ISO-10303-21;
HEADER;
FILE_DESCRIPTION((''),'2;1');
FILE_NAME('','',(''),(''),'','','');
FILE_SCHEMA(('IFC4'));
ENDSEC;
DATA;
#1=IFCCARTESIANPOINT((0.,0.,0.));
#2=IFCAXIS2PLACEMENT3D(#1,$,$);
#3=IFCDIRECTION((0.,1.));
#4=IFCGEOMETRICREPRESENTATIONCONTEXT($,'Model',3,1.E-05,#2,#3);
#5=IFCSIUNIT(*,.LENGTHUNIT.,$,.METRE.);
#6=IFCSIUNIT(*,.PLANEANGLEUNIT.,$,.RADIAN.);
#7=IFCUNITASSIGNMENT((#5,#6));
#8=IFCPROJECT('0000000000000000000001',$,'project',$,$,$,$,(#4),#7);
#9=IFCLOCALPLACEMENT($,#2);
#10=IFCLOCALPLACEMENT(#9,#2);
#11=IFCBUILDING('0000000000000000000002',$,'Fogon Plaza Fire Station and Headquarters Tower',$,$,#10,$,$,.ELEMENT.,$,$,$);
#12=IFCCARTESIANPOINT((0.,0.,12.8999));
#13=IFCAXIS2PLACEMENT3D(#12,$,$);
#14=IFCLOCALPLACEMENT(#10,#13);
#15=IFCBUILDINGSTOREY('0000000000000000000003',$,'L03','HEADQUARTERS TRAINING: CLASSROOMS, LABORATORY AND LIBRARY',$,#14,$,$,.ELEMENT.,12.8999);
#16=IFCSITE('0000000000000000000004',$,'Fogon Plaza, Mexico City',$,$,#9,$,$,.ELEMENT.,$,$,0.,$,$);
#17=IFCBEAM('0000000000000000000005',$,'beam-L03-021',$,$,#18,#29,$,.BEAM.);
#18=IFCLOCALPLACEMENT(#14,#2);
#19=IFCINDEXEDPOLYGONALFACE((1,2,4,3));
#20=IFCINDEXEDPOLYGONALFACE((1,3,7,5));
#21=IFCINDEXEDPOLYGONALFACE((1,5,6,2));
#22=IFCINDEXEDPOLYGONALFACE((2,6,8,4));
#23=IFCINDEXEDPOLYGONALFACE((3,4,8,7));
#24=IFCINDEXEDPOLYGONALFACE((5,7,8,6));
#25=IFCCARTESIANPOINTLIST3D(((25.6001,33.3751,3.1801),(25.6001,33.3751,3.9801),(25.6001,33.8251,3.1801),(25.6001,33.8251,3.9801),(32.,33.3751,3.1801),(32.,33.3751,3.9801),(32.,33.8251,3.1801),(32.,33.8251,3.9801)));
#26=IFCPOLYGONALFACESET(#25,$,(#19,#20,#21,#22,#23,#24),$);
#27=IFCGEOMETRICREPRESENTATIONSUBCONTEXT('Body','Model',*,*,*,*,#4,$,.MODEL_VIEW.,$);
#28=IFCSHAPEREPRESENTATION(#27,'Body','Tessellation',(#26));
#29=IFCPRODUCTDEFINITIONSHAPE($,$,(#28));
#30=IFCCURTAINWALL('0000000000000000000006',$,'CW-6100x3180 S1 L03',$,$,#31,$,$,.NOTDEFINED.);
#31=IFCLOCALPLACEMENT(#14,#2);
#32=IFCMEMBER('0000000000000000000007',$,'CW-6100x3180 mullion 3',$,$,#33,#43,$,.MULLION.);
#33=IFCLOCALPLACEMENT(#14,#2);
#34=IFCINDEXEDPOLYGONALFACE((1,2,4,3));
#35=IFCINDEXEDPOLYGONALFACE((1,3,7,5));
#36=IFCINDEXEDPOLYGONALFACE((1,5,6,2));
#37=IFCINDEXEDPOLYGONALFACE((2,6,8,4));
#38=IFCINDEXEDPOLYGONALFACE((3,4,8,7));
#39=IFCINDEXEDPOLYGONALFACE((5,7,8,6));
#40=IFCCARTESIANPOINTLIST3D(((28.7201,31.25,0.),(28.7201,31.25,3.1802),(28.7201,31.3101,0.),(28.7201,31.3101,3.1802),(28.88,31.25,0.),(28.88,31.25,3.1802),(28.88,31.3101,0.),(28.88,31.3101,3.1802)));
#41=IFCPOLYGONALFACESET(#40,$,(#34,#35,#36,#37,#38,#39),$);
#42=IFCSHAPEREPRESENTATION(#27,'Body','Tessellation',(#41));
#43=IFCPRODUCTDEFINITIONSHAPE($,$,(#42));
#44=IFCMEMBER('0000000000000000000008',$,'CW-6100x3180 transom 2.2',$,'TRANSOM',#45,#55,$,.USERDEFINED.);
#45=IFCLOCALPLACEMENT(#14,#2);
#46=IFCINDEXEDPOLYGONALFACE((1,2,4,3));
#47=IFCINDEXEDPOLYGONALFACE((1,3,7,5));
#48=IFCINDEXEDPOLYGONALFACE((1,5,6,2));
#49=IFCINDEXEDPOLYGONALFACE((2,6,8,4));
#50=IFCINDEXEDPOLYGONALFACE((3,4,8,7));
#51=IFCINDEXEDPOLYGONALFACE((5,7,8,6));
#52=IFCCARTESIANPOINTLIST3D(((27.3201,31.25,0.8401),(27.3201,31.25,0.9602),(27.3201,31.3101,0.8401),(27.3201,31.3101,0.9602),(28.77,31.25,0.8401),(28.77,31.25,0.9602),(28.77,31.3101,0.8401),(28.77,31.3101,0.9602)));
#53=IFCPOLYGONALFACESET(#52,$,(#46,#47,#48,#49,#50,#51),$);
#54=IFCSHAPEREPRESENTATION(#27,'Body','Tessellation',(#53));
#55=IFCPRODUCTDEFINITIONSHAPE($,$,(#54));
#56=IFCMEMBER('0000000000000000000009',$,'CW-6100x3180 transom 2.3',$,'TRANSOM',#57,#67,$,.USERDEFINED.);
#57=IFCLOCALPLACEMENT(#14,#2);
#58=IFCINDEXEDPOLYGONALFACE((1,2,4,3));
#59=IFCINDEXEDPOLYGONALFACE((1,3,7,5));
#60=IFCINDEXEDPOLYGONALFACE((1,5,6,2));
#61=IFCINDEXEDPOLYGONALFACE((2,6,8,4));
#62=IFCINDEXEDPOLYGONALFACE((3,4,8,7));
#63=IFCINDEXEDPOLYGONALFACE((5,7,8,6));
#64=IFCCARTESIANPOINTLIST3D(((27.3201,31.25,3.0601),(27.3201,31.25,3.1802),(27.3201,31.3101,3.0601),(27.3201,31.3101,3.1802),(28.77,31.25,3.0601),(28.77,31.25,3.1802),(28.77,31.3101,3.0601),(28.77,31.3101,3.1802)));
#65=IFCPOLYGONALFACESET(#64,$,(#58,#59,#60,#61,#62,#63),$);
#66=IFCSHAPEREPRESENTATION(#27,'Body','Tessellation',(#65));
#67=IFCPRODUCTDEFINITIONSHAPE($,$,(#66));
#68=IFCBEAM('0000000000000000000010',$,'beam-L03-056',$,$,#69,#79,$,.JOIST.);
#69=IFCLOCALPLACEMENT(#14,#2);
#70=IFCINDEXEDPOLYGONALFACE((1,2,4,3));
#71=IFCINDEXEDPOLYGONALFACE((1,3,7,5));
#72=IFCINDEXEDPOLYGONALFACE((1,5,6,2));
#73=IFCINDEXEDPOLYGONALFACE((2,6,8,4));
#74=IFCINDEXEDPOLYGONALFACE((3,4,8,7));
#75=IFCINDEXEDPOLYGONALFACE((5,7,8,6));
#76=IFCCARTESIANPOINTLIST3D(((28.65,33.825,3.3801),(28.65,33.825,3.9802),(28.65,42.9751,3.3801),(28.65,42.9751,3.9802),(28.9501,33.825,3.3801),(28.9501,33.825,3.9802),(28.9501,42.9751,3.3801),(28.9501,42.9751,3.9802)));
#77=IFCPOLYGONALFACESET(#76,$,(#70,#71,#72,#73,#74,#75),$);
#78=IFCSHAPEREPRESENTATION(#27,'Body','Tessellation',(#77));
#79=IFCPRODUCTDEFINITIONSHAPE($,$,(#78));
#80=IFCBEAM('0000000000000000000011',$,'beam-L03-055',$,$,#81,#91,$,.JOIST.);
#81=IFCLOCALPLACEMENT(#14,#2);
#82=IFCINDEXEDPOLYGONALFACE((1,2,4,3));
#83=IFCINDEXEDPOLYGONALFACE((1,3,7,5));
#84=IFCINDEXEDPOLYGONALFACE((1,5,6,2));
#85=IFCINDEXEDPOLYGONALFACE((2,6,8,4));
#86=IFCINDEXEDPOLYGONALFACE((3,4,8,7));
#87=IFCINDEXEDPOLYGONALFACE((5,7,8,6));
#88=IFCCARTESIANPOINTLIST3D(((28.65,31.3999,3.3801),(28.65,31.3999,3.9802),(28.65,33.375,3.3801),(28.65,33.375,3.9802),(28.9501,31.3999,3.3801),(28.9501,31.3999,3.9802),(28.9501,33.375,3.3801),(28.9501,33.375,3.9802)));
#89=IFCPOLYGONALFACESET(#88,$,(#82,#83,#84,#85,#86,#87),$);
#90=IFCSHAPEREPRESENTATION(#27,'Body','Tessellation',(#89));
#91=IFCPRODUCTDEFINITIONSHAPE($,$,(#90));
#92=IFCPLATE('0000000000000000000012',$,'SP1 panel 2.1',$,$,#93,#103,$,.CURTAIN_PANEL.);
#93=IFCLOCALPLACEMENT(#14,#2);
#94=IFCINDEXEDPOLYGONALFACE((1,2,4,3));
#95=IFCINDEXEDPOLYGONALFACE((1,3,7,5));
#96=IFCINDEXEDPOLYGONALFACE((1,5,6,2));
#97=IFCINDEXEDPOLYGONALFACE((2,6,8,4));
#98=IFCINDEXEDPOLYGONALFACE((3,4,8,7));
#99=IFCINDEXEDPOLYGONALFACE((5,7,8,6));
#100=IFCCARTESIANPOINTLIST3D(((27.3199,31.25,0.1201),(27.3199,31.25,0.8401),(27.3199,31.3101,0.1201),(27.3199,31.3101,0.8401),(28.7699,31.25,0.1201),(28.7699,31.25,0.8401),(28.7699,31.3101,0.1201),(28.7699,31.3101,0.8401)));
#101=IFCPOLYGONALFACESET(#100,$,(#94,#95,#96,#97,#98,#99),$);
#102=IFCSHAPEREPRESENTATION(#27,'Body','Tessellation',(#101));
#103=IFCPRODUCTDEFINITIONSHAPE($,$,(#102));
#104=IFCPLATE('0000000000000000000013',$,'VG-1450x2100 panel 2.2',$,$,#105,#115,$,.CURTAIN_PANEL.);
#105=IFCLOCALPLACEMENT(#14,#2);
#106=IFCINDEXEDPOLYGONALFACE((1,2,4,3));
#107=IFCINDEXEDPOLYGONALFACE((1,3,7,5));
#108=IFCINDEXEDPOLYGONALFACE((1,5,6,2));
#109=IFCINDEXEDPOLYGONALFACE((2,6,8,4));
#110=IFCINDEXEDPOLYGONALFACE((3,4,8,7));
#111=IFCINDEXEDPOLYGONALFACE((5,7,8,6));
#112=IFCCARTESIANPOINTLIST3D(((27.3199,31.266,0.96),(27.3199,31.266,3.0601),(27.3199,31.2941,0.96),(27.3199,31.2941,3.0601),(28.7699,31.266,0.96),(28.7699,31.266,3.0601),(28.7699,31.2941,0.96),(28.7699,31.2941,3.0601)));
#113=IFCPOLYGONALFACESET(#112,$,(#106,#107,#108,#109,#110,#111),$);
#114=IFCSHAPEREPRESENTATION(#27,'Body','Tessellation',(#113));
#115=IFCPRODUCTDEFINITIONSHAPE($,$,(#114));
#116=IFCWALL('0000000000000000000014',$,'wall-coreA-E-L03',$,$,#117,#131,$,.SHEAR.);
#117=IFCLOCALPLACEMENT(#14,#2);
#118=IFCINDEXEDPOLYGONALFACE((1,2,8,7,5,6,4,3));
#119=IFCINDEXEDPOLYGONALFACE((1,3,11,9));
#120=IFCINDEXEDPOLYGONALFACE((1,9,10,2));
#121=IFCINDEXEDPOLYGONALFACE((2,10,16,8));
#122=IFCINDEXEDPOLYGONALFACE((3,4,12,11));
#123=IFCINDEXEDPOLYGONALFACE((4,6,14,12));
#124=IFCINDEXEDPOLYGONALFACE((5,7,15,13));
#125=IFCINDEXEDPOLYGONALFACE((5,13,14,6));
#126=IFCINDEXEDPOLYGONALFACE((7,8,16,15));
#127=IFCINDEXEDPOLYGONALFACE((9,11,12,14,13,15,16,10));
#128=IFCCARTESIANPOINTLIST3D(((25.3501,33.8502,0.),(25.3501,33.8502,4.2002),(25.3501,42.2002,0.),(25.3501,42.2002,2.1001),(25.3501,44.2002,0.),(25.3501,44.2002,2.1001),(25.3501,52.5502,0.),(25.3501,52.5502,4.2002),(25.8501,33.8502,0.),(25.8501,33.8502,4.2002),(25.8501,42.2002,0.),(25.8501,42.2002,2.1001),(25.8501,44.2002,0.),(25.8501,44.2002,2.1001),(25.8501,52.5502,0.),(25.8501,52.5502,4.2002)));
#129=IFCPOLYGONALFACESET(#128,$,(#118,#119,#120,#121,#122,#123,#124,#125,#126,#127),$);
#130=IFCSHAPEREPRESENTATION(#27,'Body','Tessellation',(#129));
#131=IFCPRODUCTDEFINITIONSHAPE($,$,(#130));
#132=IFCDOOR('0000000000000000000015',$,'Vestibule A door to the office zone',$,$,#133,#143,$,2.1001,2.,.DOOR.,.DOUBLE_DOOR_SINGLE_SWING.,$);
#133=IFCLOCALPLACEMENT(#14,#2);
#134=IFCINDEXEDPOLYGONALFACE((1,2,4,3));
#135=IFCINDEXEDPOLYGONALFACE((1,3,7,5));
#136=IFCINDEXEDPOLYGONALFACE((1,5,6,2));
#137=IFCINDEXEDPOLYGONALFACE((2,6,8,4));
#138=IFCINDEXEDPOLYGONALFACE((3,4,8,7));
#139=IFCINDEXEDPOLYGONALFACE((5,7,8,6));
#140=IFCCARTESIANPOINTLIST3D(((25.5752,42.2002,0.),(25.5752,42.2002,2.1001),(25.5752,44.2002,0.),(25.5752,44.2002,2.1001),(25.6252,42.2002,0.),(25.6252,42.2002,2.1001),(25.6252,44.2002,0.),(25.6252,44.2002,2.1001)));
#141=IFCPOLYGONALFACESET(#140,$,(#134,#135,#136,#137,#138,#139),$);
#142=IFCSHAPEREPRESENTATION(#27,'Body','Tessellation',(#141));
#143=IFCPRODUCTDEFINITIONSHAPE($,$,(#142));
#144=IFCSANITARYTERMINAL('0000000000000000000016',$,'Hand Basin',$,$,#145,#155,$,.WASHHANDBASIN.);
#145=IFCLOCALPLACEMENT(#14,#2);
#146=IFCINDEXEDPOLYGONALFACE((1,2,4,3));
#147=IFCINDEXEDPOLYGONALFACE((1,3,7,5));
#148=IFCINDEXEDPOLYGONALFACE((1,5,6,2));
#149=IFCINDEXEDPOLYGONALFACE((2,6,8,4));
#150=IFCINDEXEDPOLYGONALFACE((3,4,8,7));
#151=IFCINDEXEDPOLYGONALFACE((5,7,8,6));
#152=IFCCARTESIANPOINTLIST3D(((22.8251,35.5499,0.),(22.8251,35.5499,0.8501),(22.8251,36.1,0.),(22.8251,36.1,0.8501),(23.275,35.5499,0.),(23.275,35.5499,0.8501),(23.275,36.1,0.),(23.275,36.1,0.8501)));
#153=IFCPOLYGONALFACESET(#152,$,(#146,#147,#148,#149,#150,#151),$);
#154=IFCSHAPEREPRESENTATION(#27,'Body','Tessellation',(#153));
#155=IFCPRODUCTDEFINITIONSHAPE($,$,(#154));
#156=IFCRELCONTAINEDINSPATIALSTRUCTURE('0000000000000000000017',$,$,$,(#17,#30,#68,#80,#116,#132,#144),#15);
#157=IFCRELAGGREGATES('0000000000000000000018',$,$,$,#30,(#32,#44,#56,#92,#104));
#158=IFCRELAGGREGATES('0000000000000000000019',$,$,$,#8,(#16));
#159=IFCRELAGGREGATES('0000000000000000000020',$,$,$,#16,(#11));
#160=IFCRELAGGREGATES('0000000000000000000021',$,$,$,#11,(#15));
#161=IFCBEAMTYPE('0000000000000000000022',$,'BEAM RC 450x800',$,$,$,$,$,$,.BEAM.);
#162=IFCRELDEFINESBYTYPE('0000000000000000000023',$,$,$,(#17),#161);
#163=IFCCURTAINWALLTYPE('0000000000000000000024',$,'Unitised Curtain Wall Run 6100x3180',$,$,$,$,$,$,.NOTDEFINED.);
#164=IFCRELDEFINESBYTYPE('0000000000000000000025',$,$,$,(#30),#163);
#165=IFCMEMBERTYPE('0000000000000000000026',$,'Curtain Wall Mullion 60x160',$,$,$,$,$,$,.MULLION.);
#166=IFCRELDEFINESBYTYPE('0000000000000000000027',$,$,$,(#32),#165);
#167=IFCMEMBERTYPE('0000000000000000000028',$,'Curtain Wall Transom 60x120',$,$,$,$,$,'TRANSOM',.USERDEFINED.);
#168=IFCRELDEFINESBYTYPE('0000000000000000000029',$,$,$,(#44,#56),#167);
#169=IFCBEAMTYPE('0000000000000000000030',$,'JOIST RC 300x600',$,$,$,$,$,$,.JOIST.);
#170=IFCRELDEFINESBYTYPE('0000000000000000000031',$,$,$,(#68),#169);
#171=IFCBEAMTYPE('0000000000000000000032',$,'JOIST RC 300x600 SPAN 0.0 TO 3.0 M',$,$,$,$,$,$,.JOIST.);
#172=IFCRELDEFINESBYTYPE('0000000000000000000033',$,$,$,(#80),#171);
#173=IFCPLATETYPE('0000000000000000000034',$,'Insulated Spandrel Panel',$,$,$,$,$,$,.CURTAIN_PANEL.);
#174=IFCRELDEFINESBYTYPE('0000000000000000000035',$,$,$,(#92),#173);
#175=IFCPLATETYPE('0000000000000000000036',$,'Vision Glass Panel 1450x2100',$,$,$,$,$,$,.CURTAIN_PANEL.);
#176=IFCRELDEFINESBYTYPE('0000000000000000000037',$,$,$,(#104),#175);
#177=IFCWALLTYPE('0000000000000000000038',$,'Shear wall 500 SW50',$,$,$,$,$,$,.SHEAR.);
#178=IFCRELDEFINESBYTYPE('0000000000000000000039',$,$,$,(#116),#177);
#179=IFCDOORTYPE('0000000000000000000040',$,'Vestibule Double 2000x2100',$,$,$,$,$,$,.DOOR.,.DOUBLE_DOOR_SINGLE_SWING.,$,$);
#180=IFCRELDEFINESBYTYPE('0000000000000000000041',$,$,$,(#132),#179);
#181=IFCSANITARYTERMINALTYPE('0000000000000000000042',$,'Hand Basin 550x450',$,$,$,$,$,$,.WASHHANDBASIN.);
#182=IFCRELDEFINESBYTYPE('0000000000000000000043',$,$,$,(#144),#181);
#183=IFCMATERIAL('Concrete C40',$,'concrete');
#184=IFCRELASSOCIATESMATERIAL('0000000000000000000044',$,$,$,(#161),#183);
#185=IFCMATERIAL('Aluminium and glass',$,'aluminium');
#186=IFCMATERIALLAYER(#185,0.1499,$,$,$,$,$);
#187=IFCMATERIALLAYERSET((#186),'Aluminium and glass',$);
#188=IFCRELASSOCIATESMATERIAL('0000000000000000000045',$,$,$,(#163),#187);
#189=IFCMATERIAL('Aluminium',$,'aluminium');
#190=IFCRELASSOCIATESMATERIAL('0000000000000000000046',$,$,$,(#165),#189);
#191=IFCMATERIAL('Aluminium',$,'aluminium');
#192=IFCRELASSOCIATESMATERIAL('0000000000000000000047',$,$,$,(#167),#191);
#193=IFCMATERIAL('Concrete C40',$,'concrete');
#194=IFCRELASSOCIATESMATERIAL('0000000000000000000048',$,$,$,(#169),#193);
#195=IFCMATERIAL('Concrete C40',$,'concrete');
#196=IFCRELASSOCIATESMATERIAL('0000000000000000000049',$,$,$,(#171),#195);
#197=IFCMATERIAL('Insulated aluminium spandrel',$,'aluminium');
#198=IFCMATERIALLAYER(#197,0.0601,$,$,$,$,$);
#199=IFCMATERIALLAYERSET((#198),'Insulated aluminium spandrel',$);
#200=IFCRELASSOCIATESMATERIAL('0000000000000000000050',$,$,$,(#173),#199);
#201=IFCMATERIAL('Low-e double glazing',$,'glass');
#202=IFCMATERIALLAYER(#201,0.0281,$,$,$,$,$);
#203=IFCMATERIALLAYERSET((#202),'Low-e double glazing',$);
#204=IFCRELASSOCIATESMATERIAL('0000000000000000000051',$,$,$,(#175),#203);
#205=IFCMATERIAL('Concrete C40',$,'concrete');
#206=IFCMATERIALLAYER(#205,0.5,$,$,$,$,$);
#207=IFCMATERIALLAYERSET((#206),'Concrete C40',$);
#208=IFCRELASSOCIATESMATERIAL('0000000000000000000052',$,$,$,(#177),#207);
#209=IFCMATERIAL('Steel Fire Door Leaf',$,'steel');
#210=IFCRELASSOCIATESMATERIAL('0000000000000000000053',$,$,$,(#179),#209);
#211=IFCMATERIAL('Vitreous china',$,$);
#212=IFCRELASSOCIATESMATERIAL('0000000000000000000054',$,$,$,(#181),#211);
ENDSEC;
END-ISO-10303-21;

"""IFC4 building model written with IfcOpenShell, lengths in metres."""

from ifc_helpers import new_model, si_unit, direction, frame, frame_2d, origin, origin_2d, place, context, subcontext, project, spatial, rectangle, extrude, material, layer, layer_set, material_profile, profile_set, type_object, element, fill, aggregate, save


model = new_model("IFC4")

# Units and contexts
model_context = context("Model", 3, precision=1e-05, world=origin(), true_north=direction((0.0, 1.0)))
body_context = subcontext(model_context, "Body", "Model", "MODEL_VIEW")
ifc_project = project(units=[si_unit("LENGTHUNIT", "METRE"), si_unit("PLANEANGLEUNIT", "RADIAN")], contexts=[model_context])

# Site, building, storey
site_placement = place(None, origin())
site = spatial("IfcSite", under=ifc_project, at=site_placement, Name="Fogon Plaza, Mexico City", CompositionType="ELEMENT", RefElevation=0.0)
building_placement = place(site_placement, origin())
building = spatial("IfcBuilding", under=site, at=building_placement, Name="Fogon Plaza Fire Station and Headquarters Tower", CompositionType="ELEMENT")
storey_placement = place(building_placement, frame((0.0, 0.0, 12.8999)))
storey = spatial("IfcBuildingStorey", under=building, at=storey_placement, Name="L03", Description="HEADQUARTERS TRAINING: CLASSROOMS, LABORATORY AND LIBRARY", CompositionType="ELEMENT", Elevation=12.8999)

# Beam
ifc_material_1 = material(Name="Concrete C40", Category="concrete")
ifc_material_profile_1 = material_profile(ifc_material_1, rectangle(XDim=0.45, YDim=0.8, at=origin_2d()), Name="RC 450x800")
ifc_profile_set_1 = profile_set([ifc_material_profile_1], Name="Concrete C40")
beam_type_1 = type_object("IfcBeamType", Name="BEAM RC 450x800", PredefinedType="BEAM", material=ifc_profile_set_1)
beam_1_placement = place(storey_placement, frame((25.6001, 33.6001, 3.5801), z_axis=(1.0, 0.0, 0.0), x_axis=(0.0, 1.0, 0.0)))
element("IfcBeam", 1, at=beam_1_placement, inside=storey, type_object=beam_type_1, Name="beam-L03-021", PredefinedType="BEAM", context=body_context, shape_type="SweptSolid", body=[
    extrude(rectangle(XDim=0.45, YDim=0.8, at=origin_2d()), origin(), (0.0, 0.0, 1.0), 6.3999),
])

# Curtain wall, members
ifc_material_2 = material(Name="Aluminium and glass", Category="aluminium")
ifc_layer_1 = layer(ifc_material_2, 0.1499)
ifc_layer_set_1 = layer_set([ifc_layer_1], Name="Aluminium and glass")
curtain_wall_type = type_object("IfcCurtainWallType", Name="Unitised Curtain Wall Run 6100x3180", PredefinedType="NOTDEFINED", material=ifc_layer_set_1)
curtain_wall_placement = place(storey_placement, origin())
curtain_wall = element("IfcCurtainWall", 2, at=curtain_wall_placement, inside=storey, type_object=curtain_wall_type, Name="CW-6100x3180 S1 L03", PredefinedType="NOTDEFINED")
ifc_material_3 = material(Name="Aluminium", Category="aluminium")
ifc_material_profile_2 = material_profile(ifc_material_3, rectangle(XDim=0.0601, YDim=0.1599, at=origin_2d()), Name="Curtain Wall Mullion 60x160")
ifc_profile_set_2 = profile_set([ifc_material_profile_2], Name="Aluminium")
member_type_1 = type_object("IfcMemberType", Name="Curtain Wall Mullion 60x160", PredefinedType="MULLION", material=ifc_profile_set_2)
member_1_placement = place(storey_placement, frame((28.8, 31.28, 0.0), z_axis=(0.0, 0.0, 1.0), x_axis=(0.0, 1.0, 0.0)))
member_1 = element("IfcMember", 3, at=member_1_placement, type_object=member_type_1, Name="CW-6100x3180 mullion 3", PredefinedType="MULLION", context=body_context, shape_type="SweptSolid", body=[
    extrude(rectangle(XDim=0.0601, YDim=0.1599, at=origin_2d()), origin(), (0.0, 0.0, 1.0), 3.1802),
])
ifc_material_4 = material(Name="Aluminium", Category="aluminium")
ifc_material_profile_3 = material_profile(ifc_material_4, rectangle(XDim=0.0601, YDim=0.1201, at=origin_2d()), Name="Curtain Wall Transom 60x120")
ifc_profile_set_3 = profile_set([ifc_material_profile_3], Name="Aluminium")
member_type_2 = type_object("IfcMemberType", Name="Curtain Wall Transom 60x120", ElementType="TRANSOM", PredefinedType="USERDEFINED", material=ifc_profile_set_3)
member_2_placement = place(storey_placement, frame((27.3201, 31.28, 0.9001), z_axis=(1.0, 0.0, 0.0), x_axis=(0.0, 1.0, 0.0)))
member_2 = element("IfcMember", 4, at=member_2_placement, type_object=member_type_2, Name="CW-6100x3180 transom 2.2", ObjectType="TRANSOM", PredefinedType="USERDEFINED", context=body_context, shape_type="SweptSolid", body=[
    extrude(rectangle(XDim=0.0601, YDim=0.1201, at=origin_2d()), origin(), (0.0, 0.0, 1.0), 1.45),
])
member_3_placement = place(storey_placement, frame((27.3201, 31.28, 3.1201), z_axis=(1.0, 0.0, 0.0), x_axis=(0.0, 1.0, 0.0)))
member_3 = element("IfcMember", 5, at=member_3_placement, type_object=member_type_2, Name="CW-6100x3180 transom 2.3", ObjectType="TRANSOM", PredefinedType="USERDEFINED", context=body_context, shape_type="SweptSolid", body=[
    extrude(rectangle(XDim=0.0601, YDim=0.1201, at=origin_2d()), origin(), (0.0, 0.0, 1.0), 1.45),
])

# Beams
ifc_material_5 = material(Name="Concrete C40", Category="concrete")
ifc_material_profile_4 = material_profile(ifc_material_5, rectangle(XDim=0.3, YDim=0.6001, at=origin_2d()), Name="RC 300x600")
ifc_profile_set_4 = profile_set([ifc_material_profile_4], Name="Concrete C40")
beam_type_2 = type_object("IfcBeamType", Name="JOIST RC 300x600", PredefinedType="JOIST", material=ifc_profile_set_4)
beam_2_placement = place(storey_placement, frame((28.8, 33.825, 3.6802), z_axis=(0.0, 1.0, 0.0), x_axis=(-1.0, 0.0, 0.0)))
element("IfcBeam", 6, at=beam_2_placement, inside=storey, type_object=beam_type_2, Name="beam-L03-056", PredefinedType="JOIST", context=body_context, shape_type="SweptSolid", body=[
    extrude(rectangle(XDim=0.3, YDim=0.6001, at=origin_2d()), origin(), (0.0, 0.0, 1.0), 9.1501),
])
ifc_material_6 = material(Name="Concrete C40", Category="concrete")
ifc_material_profile_5 = material_profile(ifc_material_6, rectangle(XDim=0.3, YDim=0.6001, at=origin_2d()), Name="RC 300x600")
ifc_profile_set_5 = profile_set([ifc_material_profile_5], Name="Concrete C40")
beam_type_3 = type_object("IfcBeamType", Name="JOIST RC 300x600 SPAN 0.0 TO 3.0 M", PredefinedType="JOIST", material=ifc_profile_set_5)
beam_3_placement = place(storey_placement, frame((28.8, 31.3999, 3.6802), z_axis=(0.0, 1.0, 0.0), x_axis=(-1.0, 0.0, 0.0)))
element("IfcBeam", 7, at=beam_3_placement, inside=storey, type_object=beam_type_3, Name="beam-L03-055", PredefinedType="JOIST", context=body_context, shape_type="SweptSolid", body=[
    extrude(rectangle(XDim=0.3, YDim=0.6001, at=origin_2d()), origin(), (0.0, 0.0, 1.0), 1.9751),
])

# Plates
ifc_material_7 = material(Name="Insulated aluminium spandrel", Category="aluminium")
ifc_layer_2 = layer(ifc_material_7, 0.0601)
ifc_layer_set_2 = layer_set([ifc_layer_2], Name="Insulated aluminium spandrel")
plate_type_1 = type_object("IfcPlateType", Name="Insulated Spandrel Panel", PredefinedType="CURTAIN_PANEL", material=ifc_layer_set_2)
plate_1_placement = place(storey_placement, frame((28.0449, 31.28, 0.1201), z_axis=(0.0, 0.0, 1.0), x_axis=(1.0, 0.0, 0.0)))
plate_1 = element("IfcPlate", 8, at=plate_1_placement, type_object=plate_type_1, Name="SP1 panel 2.1", PredefinedType="CURTAIN_PANEL", context=body_context, shape_type="SweptSolid", body=[
    extrude(rectangle(XDim=1.45, YDim=0.0601, at=origin_2d()), origin(), (0.0, 0.0, 1.0), 0.72),
])
ifc_material_8 = material(Name="Low-e double glazing", Category="glass")
ifc_layer_3 = layer(ifc_material_8, 0.0281)
ifc_layer_set_3 = layer_set([ifc_layer_3], Name="Low-e double glazing")
plate_type_2 = type_object("IfcPlateType", Name="Vision Glass Panel 1450x2100", PredefinedType="CURTAIN_PANEL", material=ifc_layer_set_3)
plate_2_placement = place(storey_placement, frame((28.0449, 31.28, 0.96), z_axis=(0.0, 0.0, 1.0), x_axis=(1.0, 0.0, 0.0)))
plate_2 = element("IfcPlate", 9, at=plate_2_placement, type_object=plate_type_2, Name="VG-1450x2100 panel 2.2", PredefinedType="CURTAIN_PANEL", context=body_context, shape_type="SweptSolid", body=[
    extrude(rectangle(XDim=1.45, YDim=0.0281, at=origin_2d()), origin(), (0.0, 0.0, 1.0), 2.1001),
])
aggregate(curtain_wall, [member_1, member_2, member_3, plate_1, plate_2])

# Wall, opening, door
ifc_material_9 = material(Name="Concrete C40", Category="concrete")
ifc_layer_4 = layer(ifc_material_9, 0.5)
ifc_layer_set_4 = layer_set([ifc_layer_4], Name="Concrete C40")
wall_type = type_object("IfcWallType", Name="Shear wall 500 SW50", PredefinedType="SHEAR", material=ifc_layer_set_4)
wall_placement = place(storey_placement, frame((25.6001, 33.8501, 0.0), z_axis=(0.0, 0.0, 1.0), x_axis=(0.0, 1.0, 0.0)))
wall = element("IfcWall", 10, at=wall_placement, inside=storey, type_object=wall_type, Name="wall-coreA-E-L03", PredefinedType="SHEAR", context=body_context, shape_type="SweptSolid", body=[
    extrude(rectangle(XDim=18.7, YDim=0.5, at=frame_2d((9.3501, 0.0))), origin(), (0.0, 0.0, 1.0), 4.2002),
])
opening_placement = place(wall_placement, frame((8.3501, 0.0, 0.0)))
opening = element("IfcOpeningElement", 11, at=opening_placement, cuts=wall, PredefinedType="OPENING", context=body_context, shape_type="SweptSolid", body=[
    extrude(rectangle(XDim=2.0, YDim=2.1001, at=frame_2d((1.0, 1.05))), frame((0.0, 0.26, 0.0), z_axis=(0.0, -1.0, 0.0), x_axis=(1.0, 0.0, 0.0)), (0.0, 0.0, 1.0), 0.52),
])
ifc_material_10 = material(Name="Steel Fire Door Leaf", Category="steel")
door_type = type_object("IfcDoorType", Name="Vestibule Double 2000x2100", OperationType="DOUBLE_DOOR_SINGLE_SWING", PredefinedType="DOOR", material=ifc_material_10)
door_placement = place(opening_placement, origin())
door = element("IfcDoor", 12, at=door_placement, inside=storey, type_object=door_type, Name="Vestibule A door to the office zone", OperationType="DOUBLE_DOOR_SINGLE_SWING", OverallHeight=2.1001, OverallWidth=2.0, PredefinedType="DOOR", context=body_context, shape_type="SweptSolid", body=[
    extrude(rectangle(XDim=2.0, YDim=2.1001, at=frame_2d((1.0, 1.05))), frame((0.0, 0.0249, 0.0), z_axis=(0.0, -1.0, 0.0), x_axis=(1.0, 0.0, 0.0)), (0.0, 0.0, 1.0), 0.05),
])
fill(opening, door)

# Sanitary terminal
ifc_material_11 = material(Name="Vitreous china")
sanitary_terminal_type = type_object("IfcSanitaryTerminalType", Name="Hand Basin 550x450", PredefinedType="WASHHANDBASIN", material=ifc_material_11)
sanitary_terminal_placement = place(storey_placement, frame((23.05, 35.825, 0.0), z_axis=(0.0, 0.0, 1.0), x_axis=(1.0, 0.0, 0.0)))
element("IfcSanitaryTerminal", 13, at=sanitary_terminal_placement, inside=storey, type_object=sanitary_terminal_type, Name="Hand Basin", PredefinedType="WASHHANDBASIN", context=body_context, shape_type="SweptSolid", body=[
    extrude(rectangle(XDim=0.45, YDim=0.55, at=origin_2d()), origin(), (0.0, 0.0, 1.0), 0.8501),
])

save(model, "model.ifc")
